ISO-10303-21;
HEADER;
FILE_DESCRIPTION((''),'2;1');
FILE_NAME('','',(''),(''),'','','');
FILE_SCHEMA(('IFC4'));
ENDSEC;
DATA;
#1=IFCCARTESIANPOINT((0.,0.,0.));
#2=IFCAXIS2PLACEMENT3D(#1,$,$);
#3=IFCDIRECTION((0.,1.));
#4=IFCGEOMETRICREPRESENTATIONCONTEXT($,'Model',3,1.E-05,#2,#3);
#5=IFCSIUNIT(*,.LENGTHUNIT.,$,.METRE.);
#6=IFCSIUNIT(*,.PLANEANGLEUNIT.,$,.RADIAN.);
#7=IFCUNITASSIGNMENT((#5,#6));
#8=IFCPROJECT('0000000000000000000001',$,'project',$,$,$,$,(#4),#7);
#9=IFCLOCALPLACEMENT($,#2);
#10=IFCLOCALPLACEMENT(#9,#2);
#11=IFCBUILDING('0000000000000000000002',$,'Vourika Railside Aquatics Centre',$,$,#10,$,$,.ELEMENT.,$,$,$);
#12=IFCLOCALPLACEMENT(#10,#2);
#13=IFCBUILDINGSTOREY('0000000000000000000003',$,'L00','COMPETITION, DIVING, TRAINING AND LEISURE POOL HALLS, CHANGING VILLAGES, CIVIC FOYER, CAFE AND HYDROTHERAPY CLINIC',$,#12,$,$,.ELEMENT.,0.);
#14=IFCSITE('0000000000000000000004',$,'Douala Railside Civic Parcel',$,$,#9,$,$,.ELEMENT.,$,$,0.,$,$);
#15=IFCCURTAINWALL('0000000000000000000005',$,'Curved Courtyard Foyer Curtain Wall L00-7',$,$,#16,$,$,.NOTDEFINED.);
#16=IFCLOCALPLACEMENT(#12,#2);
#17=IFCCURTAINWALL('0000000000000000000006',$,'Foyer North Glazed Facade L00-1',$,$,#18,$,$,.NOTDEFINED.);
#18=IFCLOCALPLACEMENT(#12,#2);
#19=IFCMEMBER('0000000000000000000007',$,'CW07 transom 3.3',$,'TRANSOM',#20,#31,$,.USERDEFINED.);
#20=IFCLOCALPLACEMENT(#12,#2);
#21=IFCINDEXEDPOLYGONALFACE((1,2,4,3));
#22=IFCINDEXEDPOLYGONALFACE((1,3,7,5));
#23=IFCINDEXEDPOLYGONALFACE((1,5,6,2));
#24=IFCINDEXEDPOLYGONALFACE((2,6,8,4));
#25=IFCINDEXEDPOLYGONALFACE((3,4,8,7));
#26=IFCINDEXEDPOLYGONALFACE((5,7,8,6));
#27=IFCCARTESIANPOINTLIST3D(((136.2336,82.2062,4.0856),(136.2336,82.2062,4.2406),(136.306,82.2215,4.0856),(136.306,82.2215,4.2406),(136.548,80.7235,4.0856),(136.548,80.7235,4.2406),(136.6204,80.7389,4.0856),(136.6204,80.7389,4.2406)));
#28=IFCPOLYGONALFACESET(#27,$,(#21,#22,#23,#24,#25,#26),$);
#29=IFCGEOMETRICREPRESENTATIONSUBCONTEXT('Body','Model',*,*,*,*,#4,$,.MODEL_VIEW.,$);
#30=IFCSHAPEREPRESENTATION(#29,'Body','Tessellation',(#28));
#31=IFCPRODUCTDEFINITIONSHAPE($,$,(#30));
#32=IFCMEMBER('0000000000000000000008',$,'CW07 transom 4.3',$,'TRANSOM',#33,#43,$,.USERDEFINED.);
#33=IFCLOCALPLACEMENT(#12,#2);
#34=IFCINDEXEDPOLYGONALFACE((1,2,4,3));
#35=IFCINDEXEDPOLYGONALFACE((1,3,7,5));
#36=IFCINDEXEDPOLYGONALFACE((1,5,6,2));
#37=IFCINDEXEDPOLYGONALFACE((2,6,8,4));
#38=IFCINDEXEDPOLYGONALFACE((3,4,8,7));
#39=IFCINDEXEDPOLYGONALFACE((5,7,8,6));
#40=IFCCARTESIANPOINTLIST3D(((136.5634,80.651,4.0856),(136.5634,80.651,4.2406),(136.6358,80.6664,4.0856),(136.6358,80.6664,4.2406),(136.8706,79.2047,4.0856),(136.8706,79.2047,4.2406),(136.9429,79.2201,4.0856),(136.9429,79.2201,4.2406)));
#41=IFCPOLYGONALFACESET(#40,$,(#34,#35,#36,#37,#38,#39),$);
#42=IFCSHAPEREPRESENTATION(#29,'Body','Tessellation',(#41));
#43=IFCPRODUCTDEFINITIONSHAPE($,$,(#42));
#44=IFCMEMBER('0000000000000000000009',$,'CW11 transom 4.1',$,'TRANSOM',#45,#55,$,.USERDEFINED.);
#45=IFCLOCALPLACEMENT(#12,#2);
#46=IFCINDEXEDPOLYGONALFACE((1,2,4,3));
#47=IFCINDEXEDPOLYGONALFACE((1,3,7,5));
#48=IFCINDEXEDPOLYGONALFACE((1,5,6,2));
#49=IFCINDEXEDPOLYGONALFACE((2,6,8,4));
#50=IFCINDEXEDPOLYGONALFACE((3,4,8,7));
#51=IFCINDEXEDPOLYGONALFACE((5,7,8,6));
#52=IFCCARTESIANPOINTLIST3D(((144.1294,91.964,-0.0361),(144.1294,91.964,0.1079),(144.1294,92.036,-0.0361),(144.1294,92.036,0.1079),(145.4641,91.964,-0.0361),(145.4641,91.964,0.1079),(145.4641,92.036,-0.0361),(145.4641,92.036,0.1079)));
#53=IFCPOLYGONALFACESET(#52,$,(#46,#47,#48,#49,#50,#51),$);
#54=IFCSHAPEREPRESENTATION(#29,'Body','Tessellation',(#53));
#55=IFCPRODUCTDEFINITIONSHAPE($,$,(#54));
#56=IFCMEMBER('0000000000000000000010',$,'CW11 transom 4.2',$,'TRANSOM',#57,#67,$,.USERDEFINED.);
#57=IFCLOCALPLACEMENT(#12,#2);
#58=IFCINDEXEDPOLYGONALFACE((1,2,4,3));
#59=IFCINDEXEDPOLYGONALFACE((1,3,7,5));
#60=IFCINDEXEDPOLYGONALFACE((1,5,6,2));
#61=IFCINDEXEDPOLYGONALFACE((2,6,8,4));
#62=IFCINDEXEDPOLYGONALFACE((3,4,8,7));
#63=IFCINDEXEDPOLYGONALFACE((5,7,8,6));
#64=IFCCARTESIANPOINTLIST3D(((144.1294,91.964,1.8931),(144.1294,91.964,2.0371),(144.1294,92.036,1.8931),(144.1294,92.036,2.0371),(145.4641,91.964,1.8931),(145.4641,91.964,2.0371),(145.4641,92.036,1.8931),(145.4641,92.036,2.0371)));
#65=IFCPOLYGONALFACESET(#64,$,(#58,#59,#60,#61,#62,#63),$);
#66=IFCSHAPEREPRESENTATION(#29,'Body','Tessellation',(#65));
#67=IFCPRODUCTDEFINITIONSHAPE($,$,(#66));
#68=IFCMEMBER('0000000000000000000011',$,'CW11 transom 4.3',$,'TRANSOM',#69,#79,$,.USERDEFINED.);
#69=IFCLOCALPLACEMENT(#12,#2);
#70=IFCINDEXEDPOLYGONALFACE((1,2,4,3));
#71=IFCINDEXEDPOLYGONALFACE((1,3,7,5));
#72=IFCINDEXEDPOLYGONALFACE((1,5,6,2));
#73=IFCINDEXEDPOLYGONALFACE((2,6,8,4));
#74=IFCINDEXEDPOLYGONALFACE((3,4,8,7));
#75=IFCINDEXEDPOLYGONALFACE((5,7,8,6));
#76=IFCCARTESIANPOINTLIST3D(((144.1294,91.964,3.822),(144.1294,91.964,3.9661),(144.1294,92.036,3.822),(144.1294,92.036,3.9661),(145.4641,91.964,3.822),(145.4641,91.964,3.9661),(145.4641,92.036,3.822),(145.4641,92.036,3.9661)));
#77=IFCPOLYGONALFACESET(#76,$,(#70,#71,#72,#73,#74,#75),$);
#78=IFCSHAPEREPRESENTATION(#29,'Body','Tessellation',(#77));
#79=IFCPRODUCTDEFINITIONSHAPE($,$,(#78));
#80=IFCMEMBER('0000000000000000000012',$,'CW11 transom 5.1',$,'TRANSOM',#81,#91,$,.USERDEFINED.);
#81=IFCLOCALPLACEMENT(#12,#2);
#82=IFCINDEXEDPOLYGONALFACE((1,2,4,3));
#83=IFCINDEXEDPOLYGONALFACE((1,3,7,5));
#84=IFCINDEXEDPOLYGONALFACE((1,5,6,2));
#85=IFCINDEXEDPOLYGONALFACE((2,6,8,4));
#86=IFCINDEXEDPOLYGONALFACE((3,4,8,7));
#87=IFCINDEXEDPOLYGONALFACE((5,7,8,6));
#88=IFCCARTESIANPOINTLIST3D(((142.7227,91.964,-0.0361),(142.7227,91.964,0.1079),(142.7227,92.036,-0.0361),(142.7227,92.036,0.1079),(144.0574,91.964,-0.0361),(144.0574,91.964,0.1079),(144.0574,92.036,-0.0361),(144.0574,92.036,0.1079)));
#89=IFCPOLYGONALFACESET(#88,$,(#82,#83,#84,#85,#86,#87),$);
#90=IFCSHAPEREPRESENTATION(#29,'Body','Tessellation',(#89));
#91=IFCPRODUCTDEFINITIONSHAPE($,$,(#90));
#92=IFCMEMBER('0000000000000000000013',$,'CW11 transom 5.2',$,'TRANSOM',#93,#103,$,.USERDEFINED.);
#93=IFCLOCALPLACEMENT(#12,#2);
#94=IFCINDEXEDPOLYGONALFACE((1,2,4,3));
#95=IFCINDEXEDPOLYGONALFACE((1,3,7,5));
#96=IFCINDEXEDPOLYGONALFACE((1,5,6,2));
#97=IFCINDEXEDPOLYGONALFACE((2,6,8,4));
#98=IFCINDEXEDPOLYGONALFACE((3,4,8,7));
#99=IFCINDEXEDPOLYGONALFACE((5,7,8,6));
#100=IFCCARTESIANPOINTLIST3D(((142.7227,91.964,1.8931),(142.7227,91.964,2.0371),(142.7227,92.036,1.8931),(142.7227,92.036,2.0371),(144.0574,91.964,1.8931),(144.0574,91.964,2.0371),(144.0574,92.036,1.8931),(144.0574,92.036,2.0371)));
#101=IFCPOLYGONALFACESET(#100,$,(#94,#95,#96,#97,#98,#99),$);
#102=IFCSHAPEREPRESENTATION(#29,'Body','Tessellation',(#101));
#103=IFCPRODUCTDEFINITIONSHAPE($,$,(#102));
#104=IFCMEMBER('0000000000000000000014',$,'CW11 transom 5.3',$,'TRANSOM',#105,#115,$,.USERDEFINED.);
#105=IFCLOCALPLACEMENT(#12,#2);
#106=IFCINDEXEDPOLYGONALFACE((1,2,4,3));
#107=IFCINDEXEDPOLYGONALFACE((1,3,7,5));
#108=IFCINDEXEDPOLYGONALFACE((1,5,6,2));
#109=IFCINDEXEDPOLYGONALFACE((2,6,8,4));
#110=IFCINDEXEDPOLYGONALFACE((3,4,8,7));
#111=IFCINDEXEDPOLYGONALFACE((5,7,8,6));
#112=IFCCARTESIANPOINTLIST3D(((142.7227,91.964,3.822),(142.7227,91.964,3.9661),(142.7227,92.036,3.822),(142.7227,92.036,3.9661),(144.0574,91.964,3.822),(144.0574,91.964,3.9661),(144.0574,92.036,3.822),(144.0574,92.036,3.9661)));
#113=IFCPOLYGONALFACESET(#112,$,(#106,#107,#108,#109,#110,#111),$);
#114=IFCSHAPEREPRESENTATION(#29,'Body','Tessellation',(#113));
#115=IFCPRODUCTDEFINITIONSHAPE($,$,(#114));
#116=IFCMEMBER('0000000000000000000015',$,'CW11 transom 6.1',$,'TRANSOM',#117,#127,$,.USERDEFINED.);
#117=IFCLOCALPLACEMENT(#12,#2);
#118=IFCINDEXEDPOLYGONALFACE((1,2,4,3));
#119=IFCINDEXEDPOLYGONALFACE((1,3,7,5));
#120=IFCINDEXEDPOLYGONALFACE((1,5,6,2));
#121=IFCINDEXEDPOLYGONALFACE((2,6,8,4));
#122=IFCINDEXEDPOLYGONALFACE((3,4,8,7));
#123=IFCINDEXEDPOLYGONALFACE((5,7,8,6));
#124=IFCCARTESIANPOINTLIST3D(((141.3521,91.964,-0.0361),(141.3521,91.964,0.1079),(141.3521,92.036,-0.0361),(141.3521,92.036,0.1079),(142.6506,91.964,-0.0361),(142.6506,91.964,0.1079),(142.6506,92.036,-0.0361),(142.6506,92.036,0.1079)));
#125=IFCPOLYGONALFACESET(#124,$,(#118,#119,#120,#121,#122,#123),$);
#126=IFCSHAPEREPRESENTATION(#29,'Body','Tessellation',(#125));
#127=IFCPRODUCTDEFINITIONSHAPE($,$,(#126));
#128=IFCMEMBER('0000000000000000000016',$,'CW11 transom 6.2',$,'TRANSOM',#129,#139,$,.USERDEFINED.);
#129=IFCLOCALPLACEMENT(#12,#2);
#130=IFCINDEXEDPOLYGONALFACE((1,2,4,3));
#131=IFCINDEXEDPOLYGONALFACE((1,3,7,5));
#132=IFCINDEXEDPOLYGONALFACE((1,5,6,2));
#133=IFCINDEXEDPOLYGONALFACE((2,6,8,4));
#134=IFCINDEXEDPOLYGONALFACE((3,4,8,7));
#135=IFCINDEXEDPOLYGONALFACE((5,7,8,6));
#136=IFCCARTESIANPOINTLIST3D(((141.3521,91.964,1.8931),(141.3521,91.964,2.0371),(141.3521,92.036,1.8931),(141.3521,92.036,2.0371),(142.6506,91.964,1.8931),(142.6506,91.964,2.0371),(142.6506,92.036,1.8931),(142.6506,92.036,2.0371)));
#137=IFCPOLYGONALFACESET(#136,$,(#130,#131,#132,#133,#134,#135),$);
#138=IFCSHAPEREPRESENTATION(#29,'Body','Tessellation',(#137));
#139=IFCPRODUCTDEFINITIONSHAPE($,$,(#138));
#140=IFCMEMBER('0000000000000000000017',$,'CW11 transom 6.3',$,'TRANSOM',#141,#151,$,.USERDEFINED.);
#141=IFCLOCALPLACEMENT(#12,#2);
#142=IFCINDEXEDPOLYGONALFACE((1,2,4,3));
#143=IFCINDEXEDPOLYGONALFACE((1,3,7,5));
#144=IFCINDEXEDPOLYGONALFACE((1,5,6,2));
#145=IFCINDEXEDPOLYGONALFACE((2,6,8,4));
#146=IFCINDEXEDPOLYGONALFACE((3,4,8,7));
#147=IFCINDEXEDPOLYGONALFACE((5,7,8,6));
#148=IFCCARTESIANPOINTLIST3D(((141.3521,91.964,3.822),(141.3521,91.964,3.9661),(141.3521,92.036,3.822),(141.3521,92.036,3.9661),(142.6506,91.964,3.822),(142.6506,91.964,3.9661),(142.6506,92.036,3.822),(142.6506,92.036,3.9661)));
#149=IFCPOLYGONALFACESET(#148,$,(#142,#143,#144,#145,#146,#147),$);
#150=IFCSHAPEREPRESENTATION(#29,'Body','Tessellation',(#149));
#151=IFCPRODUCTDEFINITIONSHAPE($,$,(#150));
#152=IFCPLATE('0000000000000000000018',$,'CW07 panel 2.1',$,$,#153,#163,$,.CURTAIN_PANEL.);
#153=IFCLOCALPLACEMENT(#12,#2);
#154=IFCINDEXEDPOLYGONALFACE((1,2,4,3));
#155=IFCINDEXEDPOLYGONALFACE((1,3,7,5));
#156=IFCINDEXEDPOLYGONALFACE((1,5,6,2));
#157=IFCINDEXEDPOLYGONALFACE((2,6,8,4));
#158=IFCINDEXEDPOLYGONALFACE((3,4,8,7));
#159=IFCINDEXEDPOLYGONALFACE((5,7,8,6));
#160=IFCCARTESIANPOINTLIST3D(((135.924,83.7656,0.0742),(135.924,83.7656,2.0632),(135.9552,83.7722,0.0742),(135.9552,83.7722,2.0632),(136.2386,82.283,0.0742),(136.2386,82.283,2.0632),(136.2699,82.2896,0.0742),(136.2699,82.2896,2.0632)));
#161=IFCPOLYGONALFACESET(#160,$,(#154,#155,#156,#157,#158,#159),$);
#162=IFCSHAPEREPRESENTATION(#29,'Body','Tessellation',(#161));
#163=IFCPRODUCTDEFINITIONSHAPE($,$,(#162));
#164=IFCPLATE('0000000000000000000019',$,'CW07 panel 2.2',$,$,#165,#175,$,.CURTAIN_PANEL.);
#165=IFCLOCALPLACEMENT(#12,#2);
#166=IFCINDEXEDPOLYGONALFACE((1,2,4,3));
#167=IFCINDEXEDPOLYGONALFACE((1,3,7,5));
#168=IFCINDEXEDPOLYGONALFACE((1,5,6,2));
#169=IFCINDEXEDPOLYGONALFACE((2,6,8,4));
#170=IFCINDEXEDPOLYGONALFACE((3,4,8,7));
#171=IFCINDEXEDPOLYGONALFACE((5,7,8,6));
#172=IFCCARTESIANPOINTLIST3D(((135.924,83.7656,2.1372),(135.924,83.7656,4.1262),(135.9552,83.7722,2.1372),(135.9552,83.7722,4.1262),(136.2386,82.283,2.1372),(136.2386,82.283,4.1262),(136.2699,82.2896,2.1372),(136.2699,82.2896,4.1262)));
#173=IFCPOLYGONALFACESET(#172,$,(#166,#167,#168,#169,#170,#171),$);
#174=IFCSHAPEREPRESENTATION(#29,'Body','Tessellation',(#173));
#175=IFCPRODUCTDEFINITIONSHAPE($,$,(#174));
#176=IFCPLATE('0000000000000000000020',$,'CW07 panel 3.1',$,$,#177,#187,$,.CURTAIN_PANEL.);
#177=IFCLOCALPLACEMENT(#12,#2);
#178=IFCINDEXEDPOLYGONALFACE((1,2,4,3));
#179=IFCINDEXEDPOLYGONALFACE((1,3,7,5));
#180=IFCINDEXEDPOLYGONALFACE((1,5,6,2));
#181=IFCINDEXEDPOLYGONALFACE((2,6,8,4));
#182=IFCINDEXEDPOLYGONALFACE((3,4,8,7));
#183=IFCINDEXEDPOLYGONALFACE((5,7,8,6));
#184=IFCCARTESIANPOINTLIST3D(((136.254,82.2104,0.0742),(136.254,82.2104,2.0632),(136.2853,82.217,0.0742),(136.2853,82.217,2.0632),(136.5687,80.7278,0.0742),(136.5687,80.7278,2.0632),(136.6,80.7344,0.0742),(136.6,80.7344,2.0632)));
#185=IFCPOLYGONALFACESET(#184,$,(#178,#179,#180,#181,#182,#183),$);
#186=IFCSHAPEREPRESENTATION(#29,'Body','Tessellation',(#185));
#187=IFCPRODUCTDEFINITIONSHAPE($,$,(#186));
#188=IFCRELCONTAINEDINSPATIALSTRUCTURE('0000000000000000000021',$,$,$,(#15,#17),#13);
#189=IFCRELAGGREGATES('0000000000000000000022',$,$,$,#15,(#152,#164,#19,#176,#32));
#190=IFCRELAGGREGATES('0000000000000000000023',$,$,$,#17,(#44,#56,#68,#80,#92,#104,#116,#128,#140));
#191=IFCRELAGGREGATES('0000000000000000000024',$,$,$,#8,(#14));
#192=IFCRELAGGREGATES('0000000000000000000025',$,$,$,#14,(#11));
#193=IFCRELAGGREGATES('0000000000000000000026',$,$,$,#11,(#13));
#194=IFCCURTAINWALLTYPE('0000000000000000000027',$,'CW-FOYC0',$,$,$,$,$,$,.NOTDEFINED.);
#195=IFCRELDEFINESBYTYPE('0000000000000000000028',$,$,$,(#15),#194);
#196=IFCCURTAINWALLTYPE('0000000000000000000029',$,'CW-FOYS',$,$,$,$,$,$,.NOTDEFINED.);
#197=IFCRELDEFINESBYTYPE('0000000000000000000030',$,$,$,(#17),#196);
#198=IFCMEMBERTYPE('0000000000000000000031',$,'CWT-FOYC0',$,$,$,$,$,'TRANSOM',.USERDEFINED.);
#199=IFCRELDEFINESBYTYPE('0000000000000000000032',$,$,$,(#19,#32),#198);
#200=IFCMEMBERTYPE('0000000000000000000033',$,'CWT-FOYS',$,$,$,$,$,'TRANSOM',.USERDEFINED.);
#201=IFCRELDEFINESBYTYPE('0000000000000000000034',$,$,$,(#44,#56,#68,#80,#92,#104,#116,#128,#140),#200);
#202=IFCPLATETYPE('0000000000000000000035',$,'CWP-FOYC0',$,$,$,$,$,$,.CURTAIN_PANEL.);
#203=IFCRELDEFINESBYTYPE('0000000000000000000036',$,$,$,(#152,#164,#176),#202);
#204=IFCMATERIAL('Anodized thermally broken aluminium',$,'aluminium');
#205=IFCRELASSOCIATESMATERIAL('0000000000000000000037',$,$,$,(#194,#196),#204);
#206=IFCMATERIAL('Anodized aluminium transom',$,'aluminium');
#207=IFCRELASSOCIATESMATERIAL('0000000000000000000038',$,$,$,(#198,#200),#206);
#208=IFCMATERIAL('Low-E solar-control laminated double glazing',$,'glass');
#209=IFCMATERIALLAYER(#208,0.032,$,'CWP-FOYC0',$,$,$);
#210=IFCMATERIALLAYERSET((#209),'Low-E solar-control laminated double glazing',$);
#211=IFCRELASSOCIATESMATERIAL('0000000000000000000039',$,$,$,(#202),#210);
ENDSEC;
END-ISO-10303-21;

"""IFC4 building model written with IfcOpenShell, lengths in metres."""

from ifc_helpers import new_model, si_unit, direction, frame, origin, origin_2d, place, context, subcontext, project, spatial, rectangle, extrude, material, layer, layer_set, material_profile, profile_set, type_object, element, aggregate, save


model = new_model("IFC4")

# Units and contexts
model_context = context("Model", 3, precision=1e-05, world=origin(), true_north=direction((0.0, 1.0)))
body_context = subcontext(model_context, "Body", "Model", "MODEL_VIEW")
ifc_project = project(units=[si_unit("LENGTHUNIT", "METRE"), si_unit("PLANEANGLEUNIT", "RADIAN")], contexts=[model_context])

# Site, building, storey
site_placement = place(None, origin())
site = spatial("IfcSite", under=ifc_project, at=site_placement, Name="Douala Railside Civic Parcel", CompositionType="ELEMENT", RefElevation=0.0)
building_placement = place(site_placement, origin())
building = spatial("IfcBuilding", under=site, at=building_placement, Name="Vourika Railside Aquatics Centre", CompositionType="ELEMENT")
storey_placement = place(building_placement, origin())
storey = spatial("IfcBuildingStorey", under=building, at=storey_placement, Name="L00", Description="COMPETITION, DIVING, TRAINING AND LEISURE POOL HALLS, CHANGING VILLAGES, CIVIC FOYER, CAFE AND HYDROTHERAPY CLINIC", CompositionType="ELEMENT", Elevation=0.0)

# Curtain walls
ifc_material_1 = material(Name="Anodized thermally broken aluminium", Category="aluminium")
curtain_wall_type_1 = type_object("IfcCurtainWallType", Name="CW-FOYC0", PredefinedType="NOTDEFINED", material=ifc_material_1)
curtain_wall_1_placement = place(storey_placement, origin())
curtain_wall_1 = element("IfcCurtainWall", 1, at=curtain_wall_1_placement, inside=storey, type_object=curtain_wall_type_1, Name="Curved Courtyard Foyer Curtain Wall L00-7", PredefinedType="NOTDEFINED")
curtain_wall_type_2 = type_object("IfcCurtainWallType", Name="CW-FOYS", PredefinedType="NOTDEFINED", material=ifc_material_1)
curtain_wall_2_placement = place(storey_placement, origin())
curtain_wall_2 = element("IfcCurtainWall", 2, at=curtain_wall_2_placement, inside=storey, type_object=curtain_wall_type_2, Name="Foyer North Glazed Facade L00-1", PredefinedType="NOTDEFINED")

# Members
ifc_material_2 = material(Name="Anodized aluminium transom", Category="aluminium")
ifc_material_profile_1 = material_profile(ifc_material_2, rectangle(XDim=0.074, YDim=0.155, at=origin_2d()), Name="ALU-T 74x155")
ifc_profile_set_1 = profile_set([ifc_material_profile_1], Name="Anodized aluminium transom")
member_type_1 = type_object("IfcMemberType", Name="CWT-FOYC0", ElementType="TRANSOM", PredefinedType="USERDEFINED", material=ifc_profile_set_1)
member_1_placement = place(storey_placement, frame((136.2698, 82.2139, 4.1631), z_axis=(0.207472, -0.978241, 0.0), x_axis=(0.978241, 0.207472, 0.0)))
member_1 = element("IfcMember", 3, at=member_1_placement, type_object=member_type_1, Name="CW07 transom 3.3", ObjectType="TRANSOM", PredefinedType="USERDEFINED", context=body_context, shape_type="SweptSolid", body=[
    extrude(rectangle(XDim=0.074, YDim=0.155, at=origin_2d()), origin(), (0.0, 0.0, 1.0), 1.5156),
])
member_2_placement = place(storey_placement, frame((136.5996, 80.6587, 4.1631), z_axis=(0.207724, -0.978187, 0.0), x_axis=(0.978187, 0.207724, 0.0)))
member_2 = element("IfcMember", 4, at=member_2_placement, type_object=member_type_1, Name="CW07 transom 4.3", ObjectType="TRANSOM", PredefinedType="USERDEFINED", context=body_context, shape_type="SweptSolid", body=[
    extrude(rectangle(XDim=0.074, YDim=0.155, at=origin_2d()), origin(), (0.0, 0.0, 1.0), 1.4785),
])
ifc_material_profile_2 = material_profile(ifc_material_2, rectangle(XDim=0.072, YDim=0.144, at=origin_2d()), Name="ALU-T 72x144")
ifc_profile_set_2 = profile_set([ifc_material_profile_2], Name="Anodized aluminium transom")
member_type_2 = type_object("IfcMemberType", Name="CWT-FOYS", ElementType="TRANSOM", PredefinedType="USERDEFINED", material=ifc_profile_set_2)
member_3_placement = place(storey_placement, frame((145.4641, 92.0, 0.0359), z_axis=(-1.0, 0.0, 0.0), x_axis=(0.0, -1.0, 0.0)))
member_3 = element("IfcMember", 5, at=member_3_placement, type_object=member_type_2, Name="CW11 transom 4.1", ObjectType="TRANSOM", PredefinedType="USERDEFINED", context=body_context, shape_type="SweptSolid", body=[
    extrude(rectangle(XDim=0.072, YDim=0.144, at=origin_2d()), origin(), (0.0, 0.0, 1.0), 1.3347),
])
member_4_placement = place(storey_placement, frame((145.4641, 92.0, 1.9651), z_axis=(-1.0, 0.0, 0.0), x_axis=(0.0, -1.0, 0.0)))
member_4 = element("IfcMember", 6, at=member_4_placement, type_object=member_type_2, Name="CW11 transom 4.2", ObjectType="TRANSOM", PredefinedType="USERDEFINED", context=body_context, shape_type="SweptSolid", body=[
    extrude(rectangle(XDim=0.072, YDim=0.144, at=origin_2d()), origin(), (0.0, 0.0, 1.0), 1.3347),
])
member_5_placement = place(storey_placement, frame((145.4641, 92.0, 3.894), z_axis=(-1.0, 0.0, 0.0), x_axis=(0.0, -1.0, 0.0)))
member_5 = element("IfcMember", 7, at=member_5_placement, type_object=member_type_2, Name="CW11 transom 4.3", ObjectType="TRANSOM", PredefinedType="USERDEFINED", context=body_context, shape_type="SweptSolid", body=[
    extrude(rectangle(XDim=0.072, YDim=0.144, at=origin_2d()), origin(), (0.0, 0.0, 1.0), 1.3347),
])
member_6_placement = place(storey_placement, frame((144.0574, 92.0, 0.0359), z_axis=(-1.0, 0.0, 0.0), x_axis=(0.0, -1.0, 0.0)))
member_6 = element("IfcMember", 8, at=member_6_placement, type_object=member_type_2, Name="CW11 transom 5.1", ObjectType="TRANSOM", PredefinedType="USERDEFINED", context=body_context, shape_type="SweptSolid", body=[
    extrude(rectangle(XDim=0.072, YDim=0.144, at=origin_2d()), origin(), (0.0, 0.0, 1.0), 1.3347),
])
member_7_placement = place(storey_placement, frame((144.0574, 92.0, 1.9651), z_axis=(-1.0, 0.0, 0.0), x_axis=(0.0, -1.0, 0.0)))
member_7 = element("IfcMember", 9, at=member_7_placement, type_object=member_type_2, Name="CW11 transom 5.2", ObjectType="TRANSOM", PredefinedType="USERDEFINED", context=body_context, shape_type="SweptSolid", body=[
    extrude(rectangle(XDim=0.072, YDim=0.144, at=origin_2d()), origin(), (0.0, 0.0, 1.0), 1.3347),
])
member_8_placement = place(storey_placement, frame((144.0574, 92.0, 3.894), z_axis=(-1.0, 0.0, 0.0), x_axis=(0.0, -1.0, 0.0)))
member_8 = element("IfcMember", 10, at=member_8_placement, type_object=member_type_2, Name="CW11 transom 5.3", ObjectType="TRANSOM", PredefinedType="USERDEFINED", context=body_context, shape_type="SweptSolid", body=[
    extrude(rectangle(XDim=0.072, YDim=0.144, at=origin_2d()), origin(), (0.0, 0.0, 1.0), 1.3347),
])
member_9_placement = place(storey_placement, frame((142.6506, 92.0, 0.0359), z_axis=(-1.0, 0.0, 0.0), x_axis=(0.0, -1.0, 0.0)))
member_9 = element("IfcMember", 11, at=member_9_placement, type_object=member_type_2, Name="CW11 transom 6.1", ObjectType="TRANSOM", PredefinedType="USERDEFINED", context=body_context, shape_type="SweptSolid", body=[
    extrude(rectangle(XDim=0.072, YDim=0.144, at=origin_2d()), origin(), (0.0, 0.0, 1.0), 1.2986),
])
member_10_placement = place(storey_placement, frame((142.6506, 92.0, 1.9651), z_axis=(-1.0, 0.0, 0.0), x_axis=(0.0, -1.0, 0.0)))
member_10 = element("IfcMember", 12, at=member_10_placement, type_object=member_type_2, Name="CW11 transom 6.2", ObjectType="TRANSOM", PredefinedType="USERDEFINED", context=body_context, shape_type="SweptSolid", body=[
    extrude(rectangle(XDim=0.072, YDim=0.144, at=origin_2d()), origin(), (0.0, 0.0, 1.0), 1.2986),
])
member_11_placement = place(storey_placement, frame((142.6506, 92.0, 3.894), z_axis=(-1.0, 0.0, 0.0), x_axis=(0.0, -1.0, 0.0)))
member_11 = element("IfcMember", 13, at=member_11_placement, type_object=member_type_2, Name="CW11 transom 6.3", ObjectType="TRANSOM", PredefinedType="USERDEFINED", context=body_context, shape_type="SweptSolid", body=[
    extrude(rectangle(XDim=0.072, YDim=0.144, at=origin_2d()), origin(), (0.0, 0.0, 1.0), 1.2986),
])

# Plates
ifc_material_3 = material(Name="Low-E solar-control laminated double glazing", Category="glass")
ifc_layer_1 = layer(ifc_material_3, 0.032, Name="CWP-FOYC0")
ifc_layer_set_1 = layer_set([ifc_layer_1], Name="Low-E solar-control laminated double glazing")
plate_type_1 = type_object("IfcPlateType", Name="CWP-FOYC0", PredefinedType="CURTAIN_PANEL", material=ifc_layer_set_1)
plate_1_placement = place(storey_placement, frame((136.0969, 83.0276, 0.0742), z_axis=(0.0, 0.0, 1.0), x_axis=(0.207595, -0.978215, 0.0)))
plate_1 = element("IfcPlate", 14, at=plate_1_placement, type_object=plate_type_1, Name="CW07 panel 2.1", PredefinedType="CURTAIN_PANEL", context=body_context, shape_type="SweptSolid", body=[
    extrude(rectangle(XDim=1.5156, YDim=0.032, at=origin_2d()), origin(), (0.0, 0.0, 1.0), 1.989),
])
plate_2_placement = place(storey_placement, frame((136.0969, 83.0276, 2.1372), z_axis=(0.0, 0.0, 1.0), x_axis=(0.207595, -0.978215, 0.0)))
plate_2 = element("IfcPlate", 15, at=plate_2_placement, type_object=plate_type_1, Name="CW07 panel 2.2", PredefinedType="CURTAIN_PANEL", context=body_context, shape_type="SweptSolid", body=[
    extrude(rectangle(XDim=1.5156, YDim=0.032, at=origin_2d()), origin(), (0.0, 0.0, 1.0), 1.989),
])
plate_3_placement = place(storey_placement, frame((136.427, 81.4724, 0.0742), z_axis=(0.0, 0.0, 1.0), x_axis=(0.207595, -0.978215, 0.0)))
plate_3 = element("IfcPlate", 16, at=plate_3_placement, type_object=plate_type_1, Name="CW07 panel 3.1", PredefinedType="CURTAIN_PANEL", context=body_context, shape_type="SweptSolid", body=[
    extrude(rectangle(XDim=1.5156, YDim=0.032, at=origin_2d()), origin(), (0.0, 0.0, 1.0), 1.989),
])
aggregate(curtain_wall_1, [plate_1, plate_2, member_1, plate_3, member_2])
aggregate(curtain_wall_2, [member_3, member_4, member_5, member_6, member_7, member_8, member_9, member_10, member_11])

save(model, "model.ifc")
